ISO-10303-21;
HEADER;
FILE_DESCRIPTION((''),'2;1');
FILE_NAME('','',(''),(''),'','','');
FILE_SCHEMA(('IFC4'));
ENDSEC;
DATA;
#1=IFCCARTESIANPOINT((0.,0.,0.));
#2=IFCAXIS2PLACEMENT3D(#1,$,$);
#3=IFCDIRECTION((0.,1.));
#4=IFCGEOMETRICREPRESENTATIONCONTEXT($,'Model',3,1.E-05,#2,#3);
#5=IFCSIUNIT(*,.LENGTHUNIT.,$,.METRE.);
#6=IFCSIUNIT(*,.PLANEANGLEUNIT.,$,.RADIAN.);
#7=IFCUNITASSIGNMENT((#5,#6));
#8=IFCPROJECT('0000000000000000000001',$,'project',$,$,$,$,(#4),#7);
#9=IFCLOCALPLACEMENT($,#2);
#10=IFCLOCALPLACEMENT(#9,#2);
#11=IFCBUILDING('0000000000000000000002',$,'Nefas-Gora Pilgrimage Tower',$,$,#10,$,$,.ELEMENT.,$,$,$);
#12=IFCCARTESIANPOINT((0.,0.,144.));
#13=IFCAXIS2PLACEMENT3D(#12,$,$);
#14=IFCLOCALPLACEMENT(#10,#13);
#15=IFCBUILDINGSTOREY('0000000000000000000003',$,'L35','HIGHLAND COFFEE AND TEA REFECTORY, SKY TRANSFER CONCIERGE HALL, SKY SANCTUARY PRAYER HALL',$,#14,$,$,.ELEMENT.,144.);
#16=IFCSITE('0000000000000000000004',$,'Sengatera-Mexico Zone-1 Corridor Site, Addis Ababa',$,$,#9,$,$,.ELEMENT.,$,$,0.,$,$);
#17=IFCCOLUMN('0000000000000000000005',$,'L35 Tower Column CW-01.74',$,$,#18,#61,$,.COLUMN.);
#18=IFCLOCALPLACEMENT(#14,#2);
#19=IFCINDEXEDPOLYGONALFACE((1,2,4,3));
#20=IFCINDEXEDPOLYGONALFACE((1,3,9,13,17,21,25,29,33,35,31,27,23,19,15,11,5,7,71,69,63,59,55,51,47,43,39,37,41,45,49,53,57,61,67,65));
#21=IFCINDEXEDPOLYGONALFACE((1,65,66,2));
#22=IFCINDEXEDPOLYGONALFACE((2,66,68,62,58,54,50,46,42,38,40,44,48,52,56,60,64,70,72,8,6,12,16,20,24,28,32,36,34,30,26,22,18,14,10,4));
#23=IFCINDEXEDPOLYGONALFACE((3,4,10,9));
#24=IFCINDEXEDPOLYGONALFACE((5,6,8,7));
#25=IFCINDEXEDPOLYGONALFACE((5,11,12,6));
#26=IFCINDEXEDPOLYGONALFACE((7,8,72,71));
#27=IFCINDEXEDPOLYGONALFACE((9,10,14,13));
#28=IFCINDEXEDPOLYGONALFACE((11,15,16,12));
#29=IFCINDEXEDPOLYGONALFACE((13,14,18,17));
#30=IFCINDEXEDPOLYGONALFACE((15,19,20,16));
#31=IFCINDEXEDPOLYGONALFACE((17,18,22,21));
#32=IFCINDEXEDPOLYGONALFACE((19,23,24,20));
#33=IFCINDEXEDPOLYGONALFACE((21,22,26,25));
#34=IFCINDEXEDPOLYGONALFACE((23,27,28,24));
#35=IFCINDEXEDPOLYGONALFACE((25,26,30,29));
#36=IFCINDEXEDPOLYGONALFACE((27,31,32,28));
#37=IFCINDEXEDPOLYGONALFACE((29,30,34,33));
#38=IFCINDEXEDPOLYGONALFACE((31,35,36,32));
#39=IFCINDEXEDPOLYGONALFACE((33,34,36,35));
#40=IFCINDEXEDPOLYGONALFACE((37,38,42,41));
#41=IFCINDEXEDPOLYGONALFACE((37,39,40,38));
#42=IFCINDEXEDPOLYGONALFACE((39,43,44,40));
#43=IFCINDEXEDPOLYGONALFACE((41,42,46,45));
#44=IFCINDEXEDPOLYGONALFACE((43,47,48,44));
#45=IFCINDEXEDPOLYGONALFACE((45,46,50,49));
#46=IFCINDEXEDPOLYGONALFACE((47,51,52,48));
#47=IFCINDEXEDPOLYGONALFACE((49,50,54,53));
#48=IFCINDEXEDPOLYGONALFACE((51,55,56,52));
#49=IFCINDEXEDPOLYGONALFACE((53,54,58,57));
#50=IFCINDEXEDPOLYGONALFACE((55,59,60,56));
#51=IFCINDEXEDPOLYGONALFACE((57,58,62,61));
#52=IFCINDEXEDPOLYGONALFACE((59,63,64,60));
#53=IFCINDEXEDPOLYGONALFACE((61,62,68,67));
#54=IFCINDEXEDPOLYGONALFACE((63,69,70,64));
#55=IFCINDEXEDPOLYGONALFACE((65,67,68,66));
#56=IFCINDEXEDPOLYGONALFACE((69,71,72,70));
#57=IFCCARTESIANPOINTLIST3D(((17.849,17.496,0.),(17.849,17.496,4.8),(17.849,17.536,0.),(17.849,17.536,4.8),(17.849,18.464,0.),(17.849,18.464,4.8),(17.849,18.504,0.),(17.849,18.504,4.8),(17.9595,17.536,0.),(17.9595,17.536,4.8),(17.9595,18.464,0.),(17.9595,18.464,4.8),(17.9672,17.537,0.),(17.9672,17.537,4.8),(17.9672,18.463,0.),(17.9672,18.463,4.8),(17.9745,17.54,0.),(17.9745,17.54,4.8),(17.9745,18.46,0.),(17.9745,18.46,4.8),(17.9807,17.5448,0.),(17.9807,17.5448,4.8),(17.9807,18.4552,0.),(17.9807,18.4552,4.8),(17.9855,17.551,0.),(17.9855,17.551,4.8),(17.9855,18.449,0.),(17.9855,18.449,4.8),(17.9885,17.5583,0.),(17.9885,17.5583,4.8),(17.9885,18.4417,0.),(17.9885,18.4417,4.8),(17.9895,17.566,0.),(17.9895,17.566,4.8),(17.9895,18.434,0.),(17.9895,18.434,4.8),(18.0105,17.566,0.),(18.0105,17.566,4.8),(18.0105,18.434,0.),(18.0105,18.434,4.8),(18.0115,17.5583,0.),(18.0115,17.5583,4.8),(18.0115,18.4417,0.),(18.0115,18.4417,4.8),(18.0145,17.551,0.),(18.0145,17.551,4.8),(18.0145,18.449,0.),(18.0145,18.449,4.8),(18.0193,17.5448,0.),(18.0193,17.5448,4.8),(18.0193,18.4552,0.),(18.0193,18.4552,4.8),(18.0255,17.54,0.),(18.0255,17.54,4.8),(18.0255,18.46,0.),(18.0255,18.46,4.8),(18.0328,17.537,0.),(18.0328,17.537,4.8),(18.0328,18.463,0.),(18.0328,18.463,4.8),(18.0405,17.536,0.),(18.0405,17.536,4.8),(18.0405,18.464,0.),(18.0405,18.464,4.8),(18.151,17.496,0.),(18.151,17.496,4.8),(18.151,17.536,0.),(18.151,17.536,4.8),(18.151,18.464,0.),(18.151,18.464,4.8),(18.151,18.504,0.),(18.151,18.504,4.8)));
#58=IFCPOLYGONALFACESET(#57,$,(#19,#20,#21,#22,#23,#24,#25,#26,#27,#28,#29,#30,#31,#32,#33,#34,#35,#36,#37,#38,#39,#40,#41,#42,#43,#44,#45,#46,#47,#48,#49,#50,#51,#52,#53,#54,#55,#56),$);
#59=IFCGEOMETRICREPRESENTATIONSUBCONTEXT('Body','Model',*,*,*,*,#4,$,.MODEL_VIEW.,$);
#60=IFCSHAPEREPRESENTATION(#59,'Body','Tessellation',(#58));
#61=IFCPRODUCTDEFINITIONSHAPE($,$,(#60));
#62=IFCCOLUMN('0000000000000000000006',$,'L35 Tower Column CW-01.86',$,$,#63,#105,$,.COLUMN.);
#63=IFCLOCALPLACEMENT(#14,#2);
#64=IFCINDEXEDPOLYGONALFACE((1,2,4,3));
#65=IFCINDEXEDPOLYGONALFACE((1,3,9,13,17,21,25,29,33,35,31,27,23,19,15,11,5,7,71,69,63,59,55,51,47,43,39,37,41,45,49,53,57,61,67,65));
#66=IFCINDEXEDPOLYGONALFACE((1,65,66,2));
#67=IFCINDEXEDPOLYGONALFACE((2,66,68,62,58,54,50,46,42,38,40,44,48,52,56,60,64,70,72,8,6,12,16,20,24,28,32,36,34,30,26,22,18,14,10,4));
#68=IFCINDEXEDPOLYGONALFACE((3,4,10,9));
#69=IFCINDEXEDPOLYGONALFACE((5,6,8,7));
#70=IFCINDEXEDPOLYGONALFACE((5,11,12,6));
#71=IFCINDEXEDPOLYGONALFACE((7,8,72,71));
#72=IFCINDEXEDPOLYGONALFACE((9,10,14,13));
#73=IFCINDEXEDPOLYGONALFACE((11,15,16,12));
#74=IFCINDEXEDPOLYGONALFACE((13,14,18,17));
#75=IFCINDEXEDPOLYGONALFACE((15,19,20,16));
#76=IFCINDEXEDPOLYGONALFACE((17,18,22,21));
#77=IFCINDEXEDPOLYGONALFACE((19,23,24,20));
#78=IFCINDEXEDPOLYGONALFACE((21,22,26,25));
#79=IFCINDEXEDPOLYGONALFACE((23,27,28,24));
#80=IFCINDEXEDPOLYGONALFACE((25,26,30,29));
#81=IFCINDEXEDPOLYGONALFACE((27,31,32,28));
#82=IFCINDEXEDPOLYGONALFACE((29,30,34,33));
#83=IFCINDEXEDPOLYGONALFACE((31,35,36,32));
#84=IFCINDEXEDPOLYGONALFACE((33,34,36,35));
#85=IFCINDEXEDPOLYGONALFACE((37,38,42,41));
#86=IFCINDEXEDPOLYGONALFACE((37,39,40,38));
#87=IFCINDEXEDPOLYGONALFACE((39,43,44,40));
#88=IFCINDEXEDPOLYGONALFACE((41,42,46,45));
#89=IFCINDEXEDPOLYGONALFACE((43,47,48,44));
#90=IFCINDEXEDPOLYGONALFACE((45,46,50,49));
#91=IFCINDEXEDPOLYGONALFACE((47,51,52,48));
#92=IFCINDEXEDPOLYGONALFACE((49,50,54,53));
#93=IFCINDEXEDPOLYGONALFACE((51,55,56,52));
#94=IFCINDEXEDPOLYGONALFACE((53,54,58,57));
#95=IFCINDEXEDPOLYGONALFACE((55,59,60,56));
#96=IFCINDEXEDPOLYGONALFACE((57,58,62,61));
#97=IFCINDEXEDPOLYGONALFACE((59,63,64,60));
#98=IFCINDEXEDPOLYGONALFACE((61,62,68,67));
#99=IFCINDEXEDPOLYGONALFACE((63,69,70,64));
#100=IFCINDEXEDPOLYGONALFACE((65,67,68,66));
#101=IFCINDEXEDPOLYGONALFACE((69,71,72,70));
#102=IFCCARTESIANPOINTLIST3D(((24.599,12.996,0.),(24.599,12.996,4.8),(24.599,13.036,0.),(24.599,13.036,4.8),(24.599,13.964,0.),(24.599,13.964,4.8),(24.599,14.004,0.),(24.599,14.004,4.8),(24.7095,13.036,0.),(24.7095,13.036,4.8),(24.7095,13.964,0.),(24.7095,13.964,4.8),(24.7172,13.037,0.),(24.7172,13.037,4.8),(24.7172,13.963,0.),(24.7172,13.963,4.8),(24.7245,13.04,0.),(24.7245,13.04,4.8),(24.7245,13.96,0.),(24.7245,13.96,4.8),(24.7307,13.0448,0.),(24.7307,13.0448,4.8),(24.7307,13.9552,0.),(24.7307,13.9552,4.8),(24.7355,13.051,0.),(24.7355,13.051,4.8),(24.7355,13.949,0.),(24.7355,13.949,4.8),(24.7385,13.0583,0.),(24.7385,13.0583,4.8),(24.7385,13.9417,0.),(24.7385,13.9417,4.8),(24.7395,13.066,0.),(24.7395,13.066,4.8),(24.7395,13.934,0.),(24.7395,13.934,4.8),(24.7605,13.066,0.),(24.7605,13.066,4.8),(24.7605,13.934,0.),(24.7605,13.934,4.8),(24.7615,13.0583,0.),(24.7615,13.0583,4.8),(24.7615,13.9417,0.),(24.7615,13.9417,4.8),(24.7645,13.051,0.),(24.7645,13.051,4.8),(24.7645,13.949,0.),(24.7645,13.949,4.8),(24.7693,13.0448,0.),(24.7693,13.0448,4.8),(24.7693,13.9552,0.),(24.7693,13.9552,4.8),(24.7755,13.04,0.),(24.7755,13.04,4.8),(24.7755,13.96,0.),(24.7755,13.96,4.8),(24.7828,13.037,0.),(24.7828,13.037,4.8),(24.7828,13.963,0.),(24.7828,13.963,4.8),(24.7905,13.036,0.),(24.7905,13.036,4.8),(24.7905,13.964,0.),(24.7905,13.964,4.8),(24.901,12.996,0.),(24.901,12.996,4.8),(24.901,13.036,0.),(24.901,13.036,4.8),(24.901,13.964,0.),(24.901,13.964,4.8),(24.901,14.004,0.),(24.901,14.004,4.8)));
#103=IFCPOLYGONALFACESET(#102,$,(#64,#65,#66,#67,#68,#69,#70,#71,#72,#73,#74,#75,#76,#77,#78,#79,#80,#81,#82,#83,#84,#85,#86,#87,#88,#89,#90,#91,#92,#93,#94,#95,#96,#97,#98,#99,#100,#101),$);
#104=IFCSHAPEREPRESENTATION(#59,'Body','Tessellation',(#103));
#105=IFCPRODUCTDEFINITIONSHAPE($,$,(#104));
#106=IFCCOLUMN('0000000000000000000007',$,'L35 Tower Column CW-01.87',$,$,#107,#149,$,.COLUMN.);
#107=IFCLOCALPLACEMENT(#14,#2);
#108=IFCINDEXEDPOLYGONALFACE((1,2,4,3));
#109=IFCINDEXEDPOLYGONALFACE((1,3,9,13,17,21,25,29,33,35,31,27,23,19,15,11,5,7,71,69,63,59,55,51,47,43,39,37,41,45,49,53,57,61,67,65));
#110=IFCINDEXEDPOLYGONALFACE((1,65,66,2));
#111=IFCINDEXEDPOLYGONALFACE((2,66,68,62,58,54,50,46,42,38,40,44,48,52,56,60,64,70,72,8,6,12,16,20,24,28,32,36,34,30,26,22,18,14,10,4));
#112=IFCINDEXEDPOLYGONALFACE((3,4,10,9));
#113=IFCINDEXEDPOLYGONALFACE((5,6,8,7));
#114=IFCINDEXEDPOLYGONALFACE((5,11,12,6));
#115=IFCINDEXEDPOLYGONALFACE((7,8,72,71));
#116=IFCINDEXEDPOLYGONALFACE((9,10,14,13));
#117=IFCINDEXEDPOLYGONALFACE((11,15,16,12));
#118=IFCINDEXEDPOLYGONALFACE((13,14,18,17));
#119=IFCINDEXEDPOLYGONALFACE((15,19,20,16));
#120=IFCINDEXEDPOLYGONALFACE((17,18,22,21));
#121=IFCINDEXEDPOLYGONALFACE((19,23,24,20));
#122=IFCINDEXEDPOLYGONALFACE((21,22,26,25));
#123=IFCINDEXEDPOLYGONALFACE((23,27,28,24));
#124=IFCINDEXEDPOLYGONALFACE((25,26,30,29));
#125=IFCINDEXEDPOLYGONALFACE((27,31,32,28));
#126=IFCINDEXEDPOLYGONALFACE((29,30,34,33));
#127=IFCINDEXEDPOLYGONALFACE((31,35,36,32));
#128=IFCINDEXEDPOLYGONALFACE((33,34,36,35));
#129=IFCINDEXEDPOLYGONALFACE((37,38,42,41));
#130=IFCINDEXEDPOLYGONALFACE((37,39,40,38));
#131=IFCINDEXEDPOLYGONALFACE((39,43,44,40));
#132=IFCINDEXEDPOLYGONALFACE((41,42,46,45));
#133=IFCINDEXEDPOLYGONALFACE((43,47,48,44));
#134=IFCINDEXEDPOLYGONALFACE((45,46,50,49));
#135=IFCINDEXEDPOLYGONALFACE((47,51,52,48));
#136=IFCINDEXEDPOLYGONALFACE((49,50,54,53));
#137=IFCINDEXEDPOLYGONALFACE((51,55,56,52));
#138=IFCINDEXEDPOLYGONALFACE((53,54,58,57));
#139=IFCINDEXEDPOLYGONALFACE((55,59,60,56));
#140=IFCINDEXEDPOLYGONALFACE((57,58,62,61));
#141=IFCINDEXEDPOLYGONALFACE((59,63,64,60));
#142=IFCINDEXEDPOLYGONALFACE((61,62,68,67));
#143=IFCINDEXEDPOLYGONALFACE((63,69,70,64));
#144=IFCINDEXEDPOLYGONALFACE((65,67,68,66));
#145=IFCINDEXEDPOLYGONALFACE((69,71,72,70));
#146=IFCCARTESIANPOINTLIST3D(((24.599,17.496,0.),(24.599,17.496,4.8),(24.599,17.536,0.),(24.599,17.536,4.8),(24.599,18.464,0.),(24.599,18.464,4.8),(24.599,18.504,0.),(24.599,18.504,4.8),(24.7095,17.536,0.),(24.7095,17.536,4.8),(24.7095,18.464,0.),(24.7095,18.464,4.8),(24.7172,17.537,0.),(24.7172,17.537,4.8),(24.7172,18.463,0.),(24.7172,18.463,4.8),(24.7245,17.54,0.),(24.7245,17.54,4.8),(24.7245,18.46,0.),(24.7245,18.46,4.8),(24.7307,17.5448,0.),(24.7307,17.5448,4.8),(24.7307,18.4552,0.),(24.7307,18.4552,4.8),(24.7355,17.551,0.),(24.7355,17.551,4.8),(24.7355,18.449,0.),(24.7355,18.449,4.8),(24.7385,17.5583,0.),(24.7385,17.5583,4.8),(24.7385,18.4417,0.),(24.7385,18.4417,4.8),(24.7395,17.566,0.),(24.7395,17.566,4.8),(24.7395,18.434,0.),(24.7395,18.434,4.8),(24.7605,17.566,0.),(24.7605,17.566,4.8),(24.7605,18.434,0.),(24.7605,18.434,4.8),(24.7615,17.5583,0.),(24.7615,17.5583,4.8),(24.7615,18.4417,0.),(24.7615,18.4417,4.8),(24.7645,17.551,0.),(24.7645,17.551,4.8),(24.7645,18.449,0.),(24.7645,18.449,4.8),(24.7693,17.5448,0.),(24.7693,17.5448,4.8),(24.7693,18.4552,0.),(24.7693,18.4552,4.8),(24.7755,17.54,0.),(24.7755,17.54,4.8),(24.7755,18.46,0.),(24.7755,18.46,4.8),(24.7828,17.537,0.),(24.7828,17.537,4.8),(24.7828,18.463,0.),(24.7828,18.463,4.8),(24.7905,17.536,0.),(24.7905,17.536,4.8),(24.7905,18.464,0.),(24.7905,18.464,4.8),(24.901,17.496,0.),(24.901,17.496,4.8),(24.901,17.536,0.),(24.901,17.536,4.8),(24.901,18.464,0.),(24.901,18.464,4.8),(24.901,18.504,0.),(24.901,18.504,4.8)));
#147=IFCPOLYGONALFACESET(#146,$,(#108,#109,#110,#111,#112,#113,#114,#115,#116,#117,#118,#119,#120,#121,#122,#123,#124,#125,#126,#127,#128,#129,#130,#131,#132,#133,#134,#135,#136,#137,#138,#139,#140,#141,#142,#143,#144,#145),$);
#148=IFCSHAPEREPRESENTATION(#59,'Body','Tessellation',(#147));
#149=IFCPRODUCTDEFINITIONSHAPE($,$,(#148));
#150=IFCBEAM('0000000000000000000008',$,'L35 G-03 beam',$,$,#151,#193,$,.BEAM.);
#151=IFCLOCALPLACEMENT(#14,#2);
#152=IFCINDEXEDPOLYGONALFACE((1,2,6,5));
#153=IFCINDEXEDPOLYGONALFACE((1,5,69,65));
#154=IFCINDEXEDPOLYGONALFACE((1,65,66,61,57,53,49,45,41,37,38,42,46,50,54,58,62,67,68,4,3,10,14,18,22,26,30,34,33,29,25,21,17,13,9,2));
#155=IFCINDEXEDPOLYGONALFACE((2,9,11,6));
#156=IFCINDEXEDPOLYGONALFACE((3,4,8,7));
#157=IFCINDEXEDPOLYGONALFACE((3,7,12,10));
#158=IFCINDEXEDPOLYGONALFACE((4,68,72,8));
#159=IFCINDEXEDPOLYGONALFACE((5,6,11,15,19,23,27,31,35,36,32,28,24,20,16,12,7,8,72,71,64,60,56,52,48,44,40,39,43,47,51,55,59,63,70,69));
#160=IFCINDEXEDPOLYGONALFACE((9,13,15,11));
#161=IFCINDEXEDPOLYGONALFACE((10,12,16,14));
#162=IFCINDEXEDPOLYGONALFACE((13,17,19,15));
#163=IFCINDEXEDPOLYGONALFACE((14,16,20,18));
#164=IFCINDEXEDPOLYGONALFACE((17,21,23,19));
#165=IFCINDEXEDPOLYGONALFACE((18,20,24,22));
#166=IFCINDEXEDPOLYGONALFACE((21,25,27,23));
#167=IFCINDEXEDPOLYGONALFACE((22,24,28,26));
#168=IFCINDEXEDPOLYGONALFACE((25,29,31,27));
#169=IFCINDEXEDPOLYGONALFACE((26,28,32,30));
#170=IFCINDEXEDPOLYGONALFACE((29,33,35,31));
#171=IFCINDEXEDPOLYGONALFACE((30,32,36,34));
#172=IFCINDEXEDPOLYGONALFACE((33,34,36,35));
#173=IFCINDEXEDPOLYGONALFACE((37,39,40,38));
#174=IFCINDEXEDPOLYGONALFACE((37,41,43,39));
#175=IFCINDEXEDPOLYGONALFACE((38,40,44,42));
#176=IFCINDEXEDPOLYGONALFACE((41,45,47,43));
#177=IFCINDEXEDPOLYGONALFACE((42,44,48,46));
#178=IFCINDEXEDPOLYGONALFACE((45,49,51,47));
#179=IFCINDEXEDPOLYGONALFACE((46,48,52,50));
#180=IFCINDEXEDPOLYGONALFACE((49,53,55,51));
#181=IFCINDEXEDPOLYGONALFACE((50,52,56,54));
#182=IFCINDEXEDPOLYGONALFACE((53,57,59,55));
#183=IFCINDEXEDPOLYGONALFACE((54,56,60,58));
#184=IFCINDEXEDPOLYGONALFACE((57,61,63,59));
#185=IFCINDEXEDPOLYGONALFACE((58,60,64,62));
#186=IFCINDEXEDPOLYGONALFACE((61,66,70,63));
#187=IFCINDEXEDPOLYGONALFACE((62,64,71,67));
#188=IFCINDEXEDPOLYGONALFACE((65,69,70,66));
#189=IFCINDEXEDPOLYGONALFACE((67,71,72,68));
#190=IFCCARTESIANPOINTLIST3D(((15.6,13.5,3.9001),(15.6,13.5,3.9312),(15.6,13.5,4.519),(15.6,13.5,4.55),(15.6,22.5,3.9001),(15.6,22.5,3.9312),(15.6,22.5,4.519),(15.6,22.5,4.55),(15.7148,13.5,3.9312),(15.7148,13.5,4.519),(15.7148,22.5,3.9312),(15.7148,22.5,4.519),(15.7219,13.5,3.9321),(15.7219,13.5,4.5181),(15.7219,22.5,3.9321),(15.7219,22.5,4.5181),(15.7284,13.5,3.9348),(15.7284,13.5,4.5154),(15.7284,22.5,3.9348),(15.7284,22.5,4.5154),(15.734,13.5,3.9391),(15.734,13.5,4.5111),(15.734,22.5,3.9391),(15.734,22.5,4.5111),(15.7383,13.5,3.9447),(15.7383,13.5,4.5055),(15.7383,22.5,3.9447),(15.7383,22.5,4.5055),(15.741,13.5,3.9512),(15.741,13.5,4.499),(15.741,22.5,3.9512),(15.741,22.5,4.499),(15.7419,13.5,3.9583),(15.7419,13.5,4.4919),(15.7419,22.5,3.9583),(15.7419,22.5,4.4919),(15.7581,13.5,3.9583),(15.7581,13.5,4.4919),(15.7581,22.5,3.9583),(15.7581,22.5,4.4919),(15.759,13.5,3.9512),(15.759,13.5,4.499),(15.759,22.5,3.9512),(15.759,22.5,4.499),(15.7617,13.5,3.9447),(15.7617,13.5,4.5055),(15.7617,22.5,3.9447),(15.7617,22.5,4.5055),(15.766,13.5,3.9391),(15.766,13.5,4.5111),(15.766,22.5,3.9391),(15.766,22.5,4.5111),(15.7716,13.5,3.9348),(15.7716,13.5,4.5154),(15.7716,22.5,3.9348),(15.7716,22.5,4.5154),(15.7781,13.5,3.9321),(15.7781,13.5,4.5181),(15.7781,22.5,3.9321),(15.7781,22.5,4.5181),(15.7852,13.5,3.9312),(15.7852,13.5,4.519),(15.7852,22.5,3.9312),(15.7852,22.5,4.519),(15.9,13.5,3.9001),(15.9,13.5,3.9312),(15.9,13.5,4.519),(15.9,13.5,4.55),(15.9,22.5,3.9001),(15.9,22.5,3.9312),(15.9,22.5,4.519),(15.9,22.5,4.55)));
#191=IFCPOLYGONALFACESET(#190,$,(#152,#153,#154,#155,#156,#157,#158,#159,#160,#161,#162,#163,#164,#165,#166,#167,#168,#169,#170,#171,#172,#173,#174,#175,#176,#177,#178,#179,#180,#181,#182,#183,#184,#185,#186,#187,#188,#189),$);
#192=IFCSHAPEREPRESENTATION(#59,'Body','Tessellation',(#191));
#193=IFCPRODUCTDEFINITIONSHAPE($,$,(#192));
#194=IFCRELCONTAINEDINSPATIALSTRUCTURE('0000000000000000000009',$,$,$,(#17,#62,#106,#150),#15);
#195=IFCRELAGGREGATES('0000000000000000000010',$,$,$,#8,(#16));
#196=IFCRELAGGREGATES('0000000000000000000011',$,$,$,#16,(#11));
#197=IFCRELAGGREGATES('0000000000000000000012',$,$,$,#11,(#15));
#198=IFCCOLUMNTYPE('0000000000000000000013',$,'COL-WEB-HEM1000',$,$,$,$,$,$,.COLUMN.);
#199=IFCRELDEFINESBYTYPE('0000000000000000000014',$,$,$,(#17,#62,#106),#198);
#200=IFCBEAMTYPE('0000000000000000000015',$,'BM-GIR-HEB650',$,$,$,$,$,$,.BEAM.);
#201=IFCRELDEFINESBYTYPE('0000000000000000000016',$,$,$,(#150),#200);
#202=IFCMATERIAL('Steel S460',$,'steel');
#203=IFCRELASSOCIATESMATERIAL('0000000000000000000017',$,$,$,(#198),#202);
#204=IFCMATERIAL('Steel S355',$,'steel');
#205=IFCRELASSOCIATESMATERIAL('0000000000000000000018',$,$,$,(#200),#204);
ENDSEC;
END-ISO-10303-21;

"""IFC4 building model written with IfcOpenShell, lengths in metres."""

from ifc_helpers import new_model, si_unit, direction, frame, origin, origin_2d, place, context, subcontext, project, spatial, i_section, extrude, source, transform, mapped, material, material_profile, profile_set, type_object, element, save


model = new_model("IFC4")

# Units and contexts
model_context = context("Model", 3, precision=1e-05, world=origin(), true_north=direction((0.0, 1.0)))
body_context = subcontext(model_context, "Body", "Model", "MODEL_VIEW")
ifc_project = project(units=[si_unit("LENGTHUNIT", "METRE"), si_unit("PLANEANGLEUNIT", "RADIAN")], contexts=[model_context])

# Site, building, storey
site_placement = place(None, origin())
site = spatial("IfcSite", under=ifc_project, at=site_placement, Name="Sengatera-Mexico Zone-1 Corridor Site, Addis Ababa", CompositionType="ELEMENT", RefElevation=0.0)
building_placement = place(site_placement, origin())
building = spatial("IfcBuilding", under=site, at=building_placement, Name="Nefas-Gora Pilgrimage Tower", CompositionType="ELEMENT")
storey_placement = place(building_placement, frame((0.0, 0.0, 144.0)))
storey = spatial("IfcBuildingStorey", under=building, at=storey_placement, Name="L35", Description="HIGHLAND COFFEE AND TEA REFECTORY, SKY TRANSFER CONCIERGE HALL, SKY SANCTUARY PRAYER HALL", CompositionType="ELEMENT", Elevation=144.0)

# Columns
ifc_material_1 = material(Name="Steel S460", Category="steel")
ifc_material_profile_1 = material_profile(ifc_material_1, i_section(OverallWidth=0.302, OverallDepth=1.0081, WebThickness=0.021, FlangeThickness=0.04, FilletRadius=0.03, at=origin_2d()), Name="HEM 1000")
ifc_profile_set_1 = profile_set([ifc_material_profile_1], Name="Steel S460")
column_type_1 = type_object("IfcColumnType", Name="COL-WEB-HEM1000", PredefinedType="COLUMN", material=ifc_profile_set_1)
shared_shape_1 = source(origin(), body_context, "Body", "SweptSolid", [
    extrude(i_section(OverallWidth=0.302, OverallDepth=1.0081, WebThickness=0.021, FlangeThickness=0.04, FilletRadius=0.03, at=origin_2d()), origin(), (0.0, 0.0, 1.0), 4.8),
])
for number, where, z_axis, x_axis, name in (
    (1, (18.0, 18.0, 0.0), (0.0, 0.0, 1.0), (1.0, 0.0, 0.0), "L35 Tower Column CW-01.74"),
    (2, (24.75, 13.5, 0.0), (0.0, 0.0, 1.0), (1.0, 0.0, 0.0), "L35 Tower Column CW-01.86"),
    (3, (24.75, 18.0, 0.0), (0.0, 0.0, 1.0), (1.0, 0.0, 0.0), "L35 Tower Column CW-01.87"),
):
    element("IfcColumn", number, at=place(storey_placement, frame(where, z_axis=z_axis, x_axis=x_axis)), inside=storey, type_object=column_type_1, Name=name, PredefinedType="COLUMN", context=body_context, shape_type="MappedRepresentation", body=[
        mapped(shared_shape_1, transform((0.0, 0.0, 0.0), x_axis=(1.0, 0.0, 0.0), y_axis=(0.0, 1.0, 0.0), z_axis=(0.0, 0.0, 1.0), scale=1.0)),
    ])

# Beam
ifc_material_2 = material(Name="Steel S355", Category="steel")
ifc_material_profile_2 = material_profile(ifc_material_2, i_section(OverallWidth=0.3, OverallDepth=0.6499, WebThickness=0.0161, FlangeThickness=0.031, FilletRadius=0.0271, at=origin_2d()), Name="HEB 650")
ifc_profile_set_2 = profile_set([ifc_material_profile_2], Name="Steel S355")
beam_type_1 = type_object("IfcBeamType", Name="BM-GIR-HEB650", PredefinedType="BEAM", material=ifc_profile_set_2)
shared_shape_2 = source(origin(), body_context, "Body", "SweptSolid", [
    extrude(i_section(OverallWidth=0.3, OverallDepth=0.6499, WebThickness=0.0161, FlangeThickness=0.031, FilletRadius=0.0271, at=origin_2d()), origin(), (0.0, 0.0, 1.0), 9.0),
])
beam_1_placement = place(storey_placement, frame((15.75, 13.5, 4.2251), z_axis=(0.0, 1.0, 0.0), x_axis=(-1.0, 0.0, 0.0)))
element("IfcBeam", 4, at=beam_1_placement, inside=storey, type_object=beam_type_1, Name="L35 G-03 beam", PredefinedType="BEAM", context=body_context, shape_type="MappedRepresentation", body=[
    mapped(shared_shape_2, transform((0.0, 0.0, 0.0), x_axis=(1.0, 0.0, 0.0), y_axis=(0.0, 1.0, 0.0), z_axis=(0.0, 0.0, 1.0), scale=1.0)),
])

save(model, "model.ifc")
